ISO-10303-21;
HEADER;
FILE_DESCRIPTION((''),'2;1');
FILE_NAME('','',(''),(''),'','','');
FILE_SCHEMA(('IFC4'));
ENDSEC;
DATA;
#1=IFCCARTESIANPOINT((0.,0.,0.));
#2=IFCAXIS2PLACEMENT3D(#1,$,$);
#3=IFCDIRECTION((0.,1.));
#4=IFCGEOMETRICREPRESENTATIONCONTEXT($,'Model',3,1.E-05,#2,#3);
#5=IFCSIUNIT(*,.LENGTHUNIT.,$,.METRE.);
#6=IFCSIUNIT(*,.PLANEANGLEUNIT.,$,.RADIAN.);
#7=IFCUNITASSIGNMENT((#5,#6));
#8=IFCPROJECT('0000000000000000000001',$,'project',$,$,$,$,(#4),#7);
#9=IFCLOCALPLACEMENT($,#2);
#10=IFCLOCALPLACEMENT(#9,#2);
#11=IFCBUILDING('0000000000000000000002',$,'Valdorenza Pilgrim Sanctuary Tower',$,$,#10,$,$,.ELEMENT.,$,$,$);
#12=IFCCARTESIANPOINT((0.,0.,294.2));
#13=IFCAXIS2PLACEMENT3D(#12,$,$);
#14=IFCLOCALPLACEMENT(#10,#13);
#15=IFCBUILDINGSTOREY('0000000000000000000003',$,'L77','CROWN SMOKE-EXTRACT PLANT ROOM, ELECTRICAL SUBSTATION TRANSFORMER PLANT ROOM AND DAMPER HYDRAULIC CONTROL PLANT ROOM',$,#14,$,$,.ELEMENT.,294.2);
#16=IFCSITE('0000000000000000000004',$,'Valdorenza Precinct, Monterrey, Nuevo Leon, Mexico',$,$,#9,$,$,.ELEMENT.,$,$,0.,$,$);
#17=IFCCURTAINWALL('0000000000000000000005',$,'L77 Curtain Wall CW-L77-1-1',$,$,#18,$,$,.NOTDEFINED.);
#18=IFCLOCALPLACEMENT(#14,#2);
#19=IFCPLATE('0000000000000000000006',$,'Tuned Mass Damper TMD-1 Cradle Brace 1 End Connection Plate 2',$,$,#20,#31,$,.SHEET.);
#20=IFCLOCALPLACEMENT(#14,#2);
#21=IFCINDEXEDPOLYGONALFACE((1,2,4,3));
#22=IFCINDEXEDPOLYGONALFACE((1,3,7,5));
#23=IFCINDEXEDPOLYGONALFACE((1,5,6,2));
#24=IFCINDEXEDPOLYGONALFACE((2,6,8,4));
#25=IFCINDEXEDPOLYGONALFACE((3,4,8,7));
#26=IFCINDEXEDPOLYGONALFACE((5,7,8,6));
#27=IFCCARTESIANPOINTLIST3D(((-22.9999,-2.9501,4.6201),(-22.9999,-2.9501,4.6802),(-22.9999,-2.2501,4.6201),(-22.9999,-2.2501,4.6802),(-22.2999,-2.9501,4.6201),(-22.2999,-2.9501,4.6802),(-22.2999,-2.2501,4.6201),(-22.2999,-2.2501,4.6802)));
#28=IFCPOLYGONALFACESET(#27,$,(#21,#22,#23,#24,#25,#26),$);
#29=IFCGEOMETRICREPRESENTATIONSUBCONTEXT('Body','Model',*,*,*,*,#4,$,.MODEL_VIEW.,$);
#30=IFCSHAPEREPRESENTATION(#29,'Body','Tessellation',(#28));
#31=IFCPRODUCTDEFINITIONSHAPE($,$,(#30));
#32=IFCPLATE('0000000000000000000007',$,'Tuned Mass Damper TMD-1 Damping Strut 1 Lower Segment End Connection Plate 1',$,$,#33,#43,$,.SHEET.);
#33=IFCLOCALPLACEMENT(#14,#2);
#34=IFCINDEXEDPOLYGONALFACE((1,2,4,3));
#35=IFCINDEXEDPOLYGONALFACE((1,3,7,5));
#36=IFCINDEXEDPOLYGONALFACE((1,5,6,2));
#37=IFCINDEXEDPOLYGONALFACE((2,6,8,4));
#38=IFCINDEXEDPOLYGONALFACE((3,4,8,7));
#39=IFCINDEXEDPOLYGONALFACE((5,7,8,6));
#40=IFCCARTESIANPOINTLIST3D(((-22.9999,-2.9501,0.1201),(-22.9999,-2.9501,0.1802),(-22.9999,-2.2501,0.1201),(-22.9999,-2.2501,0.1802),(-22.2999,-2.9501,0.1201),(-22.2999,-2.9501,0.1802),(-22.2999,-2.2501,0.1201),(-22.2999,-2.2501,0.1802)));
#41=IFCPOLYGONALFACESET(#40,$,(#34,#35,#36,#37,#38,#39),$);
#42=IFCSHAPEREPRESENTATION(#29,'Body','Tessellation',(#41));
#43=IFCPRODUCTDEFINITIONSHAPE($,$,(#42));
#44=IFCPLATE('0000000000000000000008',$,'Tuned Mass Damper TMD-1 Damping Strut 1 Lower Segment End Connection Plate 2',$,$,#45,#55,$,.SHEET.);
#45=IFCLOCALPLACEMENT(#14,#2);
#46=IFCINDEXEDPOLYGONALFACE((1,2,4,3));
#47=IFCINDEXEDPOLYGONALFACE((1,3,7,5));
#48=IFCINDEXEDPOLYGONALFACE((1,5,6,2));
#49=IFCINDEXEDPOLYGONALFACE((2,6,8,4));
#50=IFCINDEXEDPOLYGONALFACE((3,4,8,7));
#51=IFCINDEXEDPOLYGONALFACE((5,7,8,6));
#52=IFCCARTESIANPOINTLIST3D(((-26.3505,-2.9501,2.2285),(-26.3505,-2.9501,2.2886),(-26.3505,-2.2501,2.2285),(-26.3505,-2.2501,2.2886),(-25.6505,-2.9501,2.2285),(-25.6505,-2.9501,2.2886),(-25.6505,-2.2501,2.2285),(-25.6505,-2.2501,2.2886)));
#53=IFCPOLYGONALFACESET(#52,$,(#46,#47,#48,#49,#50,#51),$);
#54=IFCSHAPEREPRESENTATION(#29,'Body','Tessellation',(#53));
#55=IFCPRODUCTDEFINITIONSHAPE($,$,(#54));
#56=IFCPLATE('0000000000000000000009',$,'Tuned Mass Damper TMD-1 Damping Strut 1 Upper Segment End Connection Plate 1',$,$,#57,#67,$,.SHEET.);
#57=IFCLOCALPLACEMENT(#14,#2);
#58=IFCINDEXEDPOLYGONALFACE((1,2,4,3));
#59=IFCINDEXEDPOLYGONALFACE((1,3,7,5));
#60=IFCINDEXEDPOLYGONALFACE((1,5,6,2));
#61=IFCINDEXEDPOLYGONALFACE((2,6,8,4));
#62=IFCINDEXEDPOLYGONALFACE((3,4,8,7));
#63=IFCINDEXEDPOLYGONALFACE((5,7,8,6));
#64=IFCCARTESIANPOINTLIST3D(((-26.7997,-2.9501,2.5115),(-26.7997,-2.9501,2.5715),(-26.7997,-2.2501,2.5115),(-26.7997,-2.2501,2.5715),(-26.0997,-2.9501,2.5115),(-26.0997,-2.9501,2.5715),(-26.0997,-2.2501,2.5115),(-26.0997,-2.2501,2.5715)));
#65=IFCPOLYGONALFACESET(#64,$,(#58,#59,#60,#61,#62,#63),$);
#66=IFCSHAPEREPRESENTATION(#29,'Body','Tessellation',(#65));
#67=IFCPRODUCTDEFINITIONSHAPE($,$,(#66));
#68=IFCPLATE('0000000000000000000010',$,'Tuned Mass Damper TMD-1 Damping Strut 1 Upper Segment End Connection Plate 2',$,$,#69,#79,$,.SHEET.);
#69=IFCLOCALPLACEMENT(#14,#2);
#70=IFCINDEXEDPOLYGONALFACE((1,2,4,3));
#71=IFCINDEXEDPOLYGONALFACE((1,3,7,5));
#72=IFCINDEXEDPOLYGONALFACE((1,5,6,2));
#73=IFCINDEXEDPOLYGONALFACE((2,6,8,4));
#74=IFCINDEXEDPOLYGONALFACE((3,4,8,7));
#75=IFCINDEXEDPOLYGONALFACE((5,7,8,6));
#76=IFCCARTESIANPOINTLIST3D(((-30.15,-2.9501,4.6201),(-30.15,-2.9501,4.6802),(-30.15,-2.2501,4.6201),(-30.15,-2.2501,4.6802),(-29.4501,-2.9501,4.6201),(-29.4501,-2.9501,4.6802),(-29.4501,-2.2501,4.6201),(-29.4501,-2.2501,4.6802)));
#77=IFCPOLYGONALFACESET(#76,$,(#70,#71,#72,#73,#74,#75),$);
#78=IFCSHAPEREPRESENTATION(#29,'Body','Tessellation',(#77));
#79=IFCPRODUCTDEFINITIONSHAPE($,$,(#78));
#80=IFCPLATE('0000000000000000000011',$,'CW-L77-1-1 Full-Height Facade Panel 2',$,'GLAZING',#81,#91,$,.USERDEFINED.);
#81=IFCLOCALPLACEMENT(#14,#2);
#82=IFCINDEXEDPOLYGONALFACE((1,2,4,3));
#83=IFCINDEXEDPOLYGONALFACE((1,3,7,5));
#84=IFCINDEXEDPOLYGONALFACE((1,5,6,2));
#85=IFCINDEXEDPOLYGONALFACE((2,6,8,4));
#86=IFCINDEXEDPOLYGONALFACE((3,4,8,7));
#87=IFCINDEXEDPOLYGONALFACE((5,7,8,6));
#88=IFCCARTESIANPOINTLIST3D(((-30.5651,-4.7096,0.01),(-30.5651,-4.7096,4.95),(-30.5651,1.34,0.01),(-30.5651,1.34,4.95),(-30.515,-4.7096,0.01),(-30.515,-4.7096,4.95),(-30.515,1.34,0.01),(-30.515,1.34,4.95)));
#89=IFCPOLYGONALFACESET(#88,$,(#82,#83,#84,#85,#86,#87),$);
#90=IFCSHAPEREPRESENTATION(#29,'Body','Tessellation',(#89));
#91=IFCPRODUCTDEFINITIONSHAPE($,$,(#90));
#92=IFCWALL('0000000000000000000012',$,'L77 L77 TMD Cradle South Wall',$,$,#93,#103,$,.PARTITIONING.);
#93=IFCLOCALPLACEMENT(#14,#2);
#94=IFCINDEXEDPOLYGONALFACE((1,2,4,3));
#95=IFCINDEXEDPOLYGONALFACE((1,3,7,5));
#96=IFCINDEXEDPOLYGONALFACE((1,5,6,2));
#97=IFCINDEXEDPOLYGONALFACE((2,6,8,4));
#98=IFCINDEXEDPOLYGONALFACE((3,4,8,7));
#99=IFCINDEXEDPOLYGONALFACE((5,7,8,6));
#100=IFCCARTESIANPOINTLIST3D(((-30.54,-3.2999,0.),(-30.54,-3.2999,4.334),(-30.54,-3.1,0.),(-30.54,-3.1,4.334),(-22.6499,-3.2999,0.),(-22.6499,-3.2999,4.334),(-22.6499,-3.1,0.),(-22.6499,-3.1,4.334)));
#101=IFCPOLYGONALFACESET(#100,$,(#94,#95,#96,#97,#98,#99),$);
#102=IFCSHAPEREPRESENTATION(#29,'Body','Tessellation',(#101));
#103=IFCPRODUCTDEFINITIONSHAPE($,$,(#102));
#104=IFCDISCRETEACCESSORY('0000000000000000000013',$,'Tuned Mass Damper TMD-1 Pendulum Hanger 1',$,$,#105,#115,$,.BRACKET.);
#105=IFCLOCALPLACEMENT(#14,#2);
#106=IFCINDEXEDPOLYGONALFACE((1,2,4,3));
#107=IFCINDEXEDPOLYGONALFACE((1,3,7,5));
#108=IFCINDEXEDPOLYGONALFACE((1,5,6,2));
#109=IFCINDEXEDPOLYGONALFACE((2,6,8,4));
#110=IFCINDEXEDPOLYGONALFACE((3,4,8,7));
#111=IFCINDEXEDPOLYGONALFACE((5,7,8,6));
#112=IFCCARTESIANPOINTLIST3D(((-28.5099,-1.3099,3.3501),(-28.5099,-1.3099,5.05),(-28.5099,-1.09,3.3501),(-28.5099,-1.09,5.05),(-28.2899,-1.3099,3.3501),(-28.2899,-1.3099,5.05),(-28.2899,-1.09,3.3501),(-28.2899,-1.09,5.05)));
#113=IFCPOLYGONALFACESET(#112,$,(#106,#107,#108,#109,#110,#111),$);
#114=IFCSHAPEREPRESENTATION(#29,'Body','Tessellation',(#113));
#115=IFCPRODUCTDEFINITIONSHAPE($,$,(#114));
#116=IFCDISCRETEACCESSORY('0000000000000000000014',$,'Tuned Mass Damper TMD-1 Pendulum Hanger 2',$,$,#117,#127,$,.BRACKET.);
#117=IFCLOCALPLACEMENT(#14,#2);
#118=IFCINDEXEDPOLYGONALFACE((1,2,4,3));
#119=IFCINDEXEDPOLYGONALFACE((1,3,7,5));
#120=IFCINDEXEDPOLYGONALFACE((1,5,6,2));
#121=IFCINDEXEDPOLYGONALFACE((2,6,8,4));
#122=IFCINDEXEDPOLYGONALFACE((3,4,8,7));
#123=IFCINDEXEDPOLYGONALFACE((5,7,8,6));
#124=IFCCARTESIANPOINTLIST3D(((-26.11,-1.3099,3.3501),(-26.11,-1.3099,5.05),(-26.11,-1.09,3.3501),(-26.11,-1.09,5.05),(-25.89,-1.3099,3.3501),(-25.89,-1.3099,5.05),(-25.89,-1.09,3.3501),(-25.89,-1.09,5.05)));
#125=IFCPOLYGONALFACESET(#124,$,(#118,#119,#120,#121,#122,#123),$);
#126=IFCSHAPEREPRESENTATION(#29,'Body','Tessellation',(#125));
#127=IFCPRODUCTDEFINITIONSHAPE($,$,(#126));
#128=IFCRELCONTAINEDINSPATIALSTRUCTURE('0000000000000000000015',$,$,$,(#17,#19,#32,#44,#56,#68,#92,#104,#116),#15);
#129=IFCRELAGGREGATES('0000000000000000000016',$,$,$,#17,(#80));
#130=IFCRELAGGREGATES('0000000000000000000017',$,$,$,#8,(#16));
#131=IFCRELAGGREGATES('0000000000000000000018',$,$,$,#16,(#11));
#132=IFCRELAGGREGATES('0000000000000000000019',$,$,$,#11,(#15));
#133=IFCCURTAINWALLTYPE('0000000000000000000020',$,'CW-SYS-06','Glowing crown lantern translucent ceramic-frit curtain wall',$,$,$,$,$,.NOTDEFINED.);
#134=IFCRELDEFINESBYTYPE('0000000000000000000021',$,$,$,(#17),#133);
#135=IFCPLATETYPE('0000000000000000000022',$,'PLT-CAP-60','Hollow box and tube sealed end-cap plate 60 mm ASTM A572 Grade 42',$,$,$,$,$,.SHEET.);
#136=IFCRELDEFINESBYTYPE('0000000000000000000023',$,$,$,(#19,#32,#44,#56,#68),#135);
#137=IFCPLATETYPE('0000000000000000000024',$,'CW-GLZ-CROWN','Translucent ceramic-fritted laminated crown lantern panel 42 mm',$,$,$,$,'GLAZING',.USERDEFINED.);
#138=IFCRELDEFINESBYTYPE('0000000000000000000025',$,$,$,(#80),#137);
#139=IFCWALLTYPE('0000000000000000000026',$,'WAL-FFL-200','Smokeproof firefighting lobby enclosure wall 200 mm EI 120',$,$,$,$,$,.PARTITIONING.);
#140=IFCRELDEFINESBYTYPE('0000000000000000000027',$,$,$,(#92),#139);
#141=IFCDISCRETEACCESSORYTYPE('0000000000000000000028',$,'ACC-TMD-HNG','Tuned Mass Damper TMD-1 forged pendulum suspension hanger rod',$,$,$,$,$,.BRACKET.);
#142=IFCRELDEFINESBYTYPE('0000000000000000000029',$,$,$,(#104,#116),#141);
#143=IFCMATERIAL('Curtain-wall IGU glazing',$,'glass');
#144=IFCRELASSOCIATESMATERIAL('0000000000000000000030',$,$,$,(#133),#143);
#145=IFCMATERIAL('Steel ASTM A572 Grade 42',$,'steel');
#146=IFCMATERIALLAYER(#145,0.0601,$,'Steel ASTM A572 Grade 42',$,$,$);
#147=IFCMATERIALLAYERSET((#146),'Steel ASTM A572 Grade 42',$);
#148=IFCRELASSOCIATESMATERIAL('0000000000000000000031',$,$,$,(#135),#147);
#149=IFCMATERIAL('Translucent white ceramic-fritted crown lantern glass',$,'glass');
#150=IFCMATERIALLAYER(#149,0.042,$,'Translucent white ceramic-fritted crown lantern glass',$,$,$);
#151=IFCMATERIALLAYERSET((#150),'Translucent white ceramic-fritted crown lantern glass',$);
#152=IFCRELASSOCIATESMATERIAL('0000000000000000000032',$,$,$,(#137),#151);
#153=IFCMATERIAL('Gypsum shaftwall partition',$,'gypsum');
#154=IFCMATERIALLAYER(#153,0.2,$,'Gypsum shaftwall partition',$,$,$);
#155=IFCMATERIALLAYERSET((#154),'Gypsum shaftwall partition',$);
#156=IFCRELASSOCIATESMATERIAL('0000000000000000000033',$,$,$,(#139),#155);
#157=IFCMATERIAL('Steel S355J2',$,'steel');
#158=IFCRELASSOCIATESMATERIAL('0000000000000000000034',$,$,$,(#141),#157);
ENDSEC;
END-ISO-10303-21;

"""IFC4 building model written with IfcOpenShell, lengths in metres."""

from ifc_helpers import new_model, si_unit, direction, frame, frame_2d, origin, origin_2d, place, context, subcontext, project, spatial, rectangle, extrude, source, transform, mapped, material, layer, layer_set, type_object, element, aggregate, save


model = new_model("IFC4")

# Units and contexts
model_context = context("Model", 3, precision=1e-05, world=origin(), true_north=direction((0.0, 1.0)))
body_context = subcontext(model_context, "Body", "Model", "MODEL_VIEW")
ifc_project = project(units=[si_unit("LENGTHUNIT", "METRE"), si_unit("PLANEANGLEUNIT", "RADIAN")], contexts=[model_context])

# Site, building, storey
site_placement = place(None, origin())
site = spatial("IfcSite", under=ifc_project, at=site_placement, Name="Valdorenza Precinct, Monterrey, Nuevo Leon, Mexico", CompositionType="ELEMENT", RefElevation=0.0)
building_placement = place(site_placement, origin())
building = spatial("IfcBuilding", under=site, at=building_placement, Name="Valdorenza Pilgrim Sanctuary Tower", CompositionType="ELEMENT")
storey_placement = place(building_placement, frame((0.0, 0.0, 294.2)))
storey = spatial("IfcBuildingStorey", under=building, at=storey_placement, Name="L77", Description="CROWN SMOKE-EXTRACT PLANT ROOM, ELECTRICAL SUBSTATION TRANSFORMER PLANT ROOM AND DAMPER HYDRAULIC CONTROL PLANT ROOM", CompositionType="ELEMENT", Elevation=294.2)

# Shared definitions
ifc_material_1 = material(Name="Steel S355J2", Category="steel")

# Curtain wall
ifc_material_2 = material(Name="Curtain-wall IGU glazing", Category="glass")
curtain_wall_type = type_object("IfcCurtainWallType", Name="CW-SYS-06", Description="Glowing crown lantern translucent ceramic-frit curtain wall", PredefinedType="NOTDEFINED", material=ifc_material_2)
curtain_wall_placement = place(storey_placement, origin())
curtain_wall = element("IfcCurtainWall", 1, at=curtain_wall_placement, inside=storey, type_object=curtain_wall_type, Name="L77 Curtain Wall CW-L77-1-1", PredefinedType="NOTDEFINED")

# Plates
ifc_material_3 = material(Name="Steel ASTM A572 Grade 42", Category="steel")
ifc_layer_1 = layer(ifc_material_3, 0.0601, Name="Steel ASTM A572 Grade 42")
ifc_layer_set_1 = layer_set([ifc_layer_1], Name="Steel ASTM A572 Grade 42")
plate_type_1 = type_object("IfcPlateType", Name="PLT-CAP-60", Description="Hollow box and tube sealed end-cap plate 60 mm ASTM A572 Grade 42", PredefinedType="SHEET", material=ifc_layer_set_1)
shared_shape_1 = source(origin(), body_context, "Body", "SweptSolid", [
    extrude(rectangle(XDim=0.7, YDim=0.7, at=origin_2d()), origin(), (0.0, 0.0, 1.0), 0.0601),
])
for number, where, z_axis, x_axis, name in (
    (2, (-22.6499, -2.6001, 4.6201), (0.0, 0.0, 1.0), (1.0, 0.0, 0.0), "Tuned Mass Damper TMD-1 Cradle Brace 1 End Connection Plate 2"),
    (3, (-22.6499, -2.6001, 0.1201), (0.0, 0.0, 1.0), (1.0, 0.0, 0.0), "Tuned Mass Damper TMD-1 Damping Strut 1 Lower Segment End Connection Plate 1"),
    (4, (-26.0005, -2.6001, 2.2285), (0.0, 0.0, 1.0), (1.0, 0.0, 0.0), "Tuned Mass Damper TMD-1 Damping Strut 1 Lower Segment End Connection Plate 2"),
    (5, (-26.4497, -2.6001, 2.5115), (0.0, 0.0, 1.0), (1.0, 0.0, 0.0), "Tuned Mass Damper TMD-1 Damping Strut 1 Upper Segment End Connection Plate 1"),
    (6, (-29.8, -2.6001, 4.6201), (0.0, 0.0, 1.0), (1.0, 0.0, 0.0), "Tuned Mass Damper TMD-1 Damping Strut 1 Upper Segment End Connection Plate 2"),
):
    element("IfcPlate", number, at=place(storey_placement, frame(where, z_axis=z_axis, x_axis=x_axis)), inside=storey, type_object=plate_type_1, Name=name, PredefinedType="SHEET", context=body_context, shape_type="MappedRepresentation", body=[
        mapped(shared_shape_1, transform((0.0, 0.0, 0.0), x_axis=(1.0, 0.0, 0.0), y_axis=(0.0, 1.0, 0.0), z_axis=(0.0, 0.0, 1.0), scale=1.0)),
    ])

# Plate
ifc_material_4 = material(Name="Translucent white ceramic-fritted crown lantern glass", Category="glass")
ifc_layer_2 = layer(ifc_material_4, 0.042, Name="Translucent white ceramic-fritted crown lantern glass")
ifc_layer_set_2 = layer_set([ifc_layer_2], Name="Translucent white ceramic-fritted crown lantern glass")
plate_type_2 = type_object("IfcPlateType", Name="CW-GLZ-CROWN", Description="Translucent ceramic-fritted laminated crown lantern panel 42 mm", ElementType="GLAZING", PredefinedType="USERDEFINED", material=ifc_layer_set_2)
shared_shape_2 = source(origin(), body_context, "Body", "SweptSolid", [
    extrude(rectangle(XDim=6.0496, YDim=0.05, at=origin_2d()), origin(), (0.0, 0.0, 1.0), 4.9399),
])
plate_placement = place(storey_placement, frame((-30.54, -1.6848, 0.01), z_axis=(0.0, 0.0, 1.0), x_axis=(0.0, 1.0, 0.0)))
plate = element("IfcPlate", 7, at=plate_placement, type_object=plate_type_2, Name="CW-L77-1-1 Full-Height Facade Panel 2", ObjectType="GLAZING", PredefinedType="USERDEFINED", context=body_context, shape_type="MappedRepresentation", body=[
    mapped(shared_shape_2, transform((0.0, 0.0, 0.0), x_axis=(1.0, 0.0, 0.0), y_axis=(0.0, 1.0, 0.0), z_axis=(0.0, 0.0, 1.0), scale=1.0)),
])
aggregate(curtain_wall, [plate])

# Wall
ifc_material_5 = material(Name="Gypsum shaftwall partition", Category="gypsum")
ifc_layer_3 = layer(ifc_material_5, 0.2, Name="Gypsum shaftwall partition")
ifc_layer_set_3 = layer_set([ifc_layer_3], Name="Gypsum shaftwall partition")
wall_type = type_object("IfcWallType", Name="WAL-FFL-200", Description="Smokeproof firefighting lobby enclosure wall 200 mm EI 120", PredefinedType="PARTITIONING", material=ifc_layer_set_3)
wall_placement = place(storey_placement, frame((-30.54, -3.2, 0.0), z_axis=(0.0, 0.0, 1.0), x_axis=(1.0, 0.0, 0.0)))
element("IfcWall", 8, at=wall_placement, inside=storey, type_object=wall_type, Name="L77 L77 TMD Cradle South Wall", PredefinedType="PARTITIONING", context=body_context, shape_type="SweptSolid", body=[
    extrude(rectangle(XDim=7.8901, YDim=0.2, at=frame_2d((3.9451, 0.0))), origin(), (0.0, 0.0, 1.0), 4.334),
])

# Discrete accessories
discrete_accessory_type = type_object("IfcDiscreteAccessoryType", Name="ACC-TMD-HNG", Description="Tuned Mass Damper TMD-1 forged pendulum suspension hanger rod", PredefinedType="BRACKET", material=ifc_material_1)
shared_shape_3 = source(origin(), body_context, "Body", "SweptSolid", [
    extrude(rectangle(XDim=0.22, YDim=0.22, at=origin_2d()), origin(), (0.0, 0.0, 1.0), 1.7),
])
for number, where, z_axis, x_axis, name in (
    (9, (-28.3999, -1.2, 3.3501), (0.0, 0.0, 1.0), (1.0, 0.0, 0.0), "Tuned Mass Damper TMD-1 Pendulum Hanger 1"),
    (10, (-26.0, -1.2, 3.3501), (0.0, 0.0, 1.0), (1.0, 0.0, 0.0), "Tuned Mass Damper TMD-1 Pendulum Hanger 2"),
):
    element("IfcDiscreteAccessory", number, at=place(storey_placement, frame(where, z_axis=z_axis, x_axis=x_axis)), inside=storey, type_object=discrete_accessory_type, Name=name, PredefinedType="BRACKET", context=body_context, shape_type="MappedRepresentation", body=[
        mapped(shared_shape_3, transform((0.0, 0.0, 0.0), x_axis=(1.0, 0.0, 0.0), y_axis=(0.0, 1.0, 0.0), z_axis=(0.0, 0.0, 1.0), scale=1.0)),
    ])

save(model, "model.ifc")
